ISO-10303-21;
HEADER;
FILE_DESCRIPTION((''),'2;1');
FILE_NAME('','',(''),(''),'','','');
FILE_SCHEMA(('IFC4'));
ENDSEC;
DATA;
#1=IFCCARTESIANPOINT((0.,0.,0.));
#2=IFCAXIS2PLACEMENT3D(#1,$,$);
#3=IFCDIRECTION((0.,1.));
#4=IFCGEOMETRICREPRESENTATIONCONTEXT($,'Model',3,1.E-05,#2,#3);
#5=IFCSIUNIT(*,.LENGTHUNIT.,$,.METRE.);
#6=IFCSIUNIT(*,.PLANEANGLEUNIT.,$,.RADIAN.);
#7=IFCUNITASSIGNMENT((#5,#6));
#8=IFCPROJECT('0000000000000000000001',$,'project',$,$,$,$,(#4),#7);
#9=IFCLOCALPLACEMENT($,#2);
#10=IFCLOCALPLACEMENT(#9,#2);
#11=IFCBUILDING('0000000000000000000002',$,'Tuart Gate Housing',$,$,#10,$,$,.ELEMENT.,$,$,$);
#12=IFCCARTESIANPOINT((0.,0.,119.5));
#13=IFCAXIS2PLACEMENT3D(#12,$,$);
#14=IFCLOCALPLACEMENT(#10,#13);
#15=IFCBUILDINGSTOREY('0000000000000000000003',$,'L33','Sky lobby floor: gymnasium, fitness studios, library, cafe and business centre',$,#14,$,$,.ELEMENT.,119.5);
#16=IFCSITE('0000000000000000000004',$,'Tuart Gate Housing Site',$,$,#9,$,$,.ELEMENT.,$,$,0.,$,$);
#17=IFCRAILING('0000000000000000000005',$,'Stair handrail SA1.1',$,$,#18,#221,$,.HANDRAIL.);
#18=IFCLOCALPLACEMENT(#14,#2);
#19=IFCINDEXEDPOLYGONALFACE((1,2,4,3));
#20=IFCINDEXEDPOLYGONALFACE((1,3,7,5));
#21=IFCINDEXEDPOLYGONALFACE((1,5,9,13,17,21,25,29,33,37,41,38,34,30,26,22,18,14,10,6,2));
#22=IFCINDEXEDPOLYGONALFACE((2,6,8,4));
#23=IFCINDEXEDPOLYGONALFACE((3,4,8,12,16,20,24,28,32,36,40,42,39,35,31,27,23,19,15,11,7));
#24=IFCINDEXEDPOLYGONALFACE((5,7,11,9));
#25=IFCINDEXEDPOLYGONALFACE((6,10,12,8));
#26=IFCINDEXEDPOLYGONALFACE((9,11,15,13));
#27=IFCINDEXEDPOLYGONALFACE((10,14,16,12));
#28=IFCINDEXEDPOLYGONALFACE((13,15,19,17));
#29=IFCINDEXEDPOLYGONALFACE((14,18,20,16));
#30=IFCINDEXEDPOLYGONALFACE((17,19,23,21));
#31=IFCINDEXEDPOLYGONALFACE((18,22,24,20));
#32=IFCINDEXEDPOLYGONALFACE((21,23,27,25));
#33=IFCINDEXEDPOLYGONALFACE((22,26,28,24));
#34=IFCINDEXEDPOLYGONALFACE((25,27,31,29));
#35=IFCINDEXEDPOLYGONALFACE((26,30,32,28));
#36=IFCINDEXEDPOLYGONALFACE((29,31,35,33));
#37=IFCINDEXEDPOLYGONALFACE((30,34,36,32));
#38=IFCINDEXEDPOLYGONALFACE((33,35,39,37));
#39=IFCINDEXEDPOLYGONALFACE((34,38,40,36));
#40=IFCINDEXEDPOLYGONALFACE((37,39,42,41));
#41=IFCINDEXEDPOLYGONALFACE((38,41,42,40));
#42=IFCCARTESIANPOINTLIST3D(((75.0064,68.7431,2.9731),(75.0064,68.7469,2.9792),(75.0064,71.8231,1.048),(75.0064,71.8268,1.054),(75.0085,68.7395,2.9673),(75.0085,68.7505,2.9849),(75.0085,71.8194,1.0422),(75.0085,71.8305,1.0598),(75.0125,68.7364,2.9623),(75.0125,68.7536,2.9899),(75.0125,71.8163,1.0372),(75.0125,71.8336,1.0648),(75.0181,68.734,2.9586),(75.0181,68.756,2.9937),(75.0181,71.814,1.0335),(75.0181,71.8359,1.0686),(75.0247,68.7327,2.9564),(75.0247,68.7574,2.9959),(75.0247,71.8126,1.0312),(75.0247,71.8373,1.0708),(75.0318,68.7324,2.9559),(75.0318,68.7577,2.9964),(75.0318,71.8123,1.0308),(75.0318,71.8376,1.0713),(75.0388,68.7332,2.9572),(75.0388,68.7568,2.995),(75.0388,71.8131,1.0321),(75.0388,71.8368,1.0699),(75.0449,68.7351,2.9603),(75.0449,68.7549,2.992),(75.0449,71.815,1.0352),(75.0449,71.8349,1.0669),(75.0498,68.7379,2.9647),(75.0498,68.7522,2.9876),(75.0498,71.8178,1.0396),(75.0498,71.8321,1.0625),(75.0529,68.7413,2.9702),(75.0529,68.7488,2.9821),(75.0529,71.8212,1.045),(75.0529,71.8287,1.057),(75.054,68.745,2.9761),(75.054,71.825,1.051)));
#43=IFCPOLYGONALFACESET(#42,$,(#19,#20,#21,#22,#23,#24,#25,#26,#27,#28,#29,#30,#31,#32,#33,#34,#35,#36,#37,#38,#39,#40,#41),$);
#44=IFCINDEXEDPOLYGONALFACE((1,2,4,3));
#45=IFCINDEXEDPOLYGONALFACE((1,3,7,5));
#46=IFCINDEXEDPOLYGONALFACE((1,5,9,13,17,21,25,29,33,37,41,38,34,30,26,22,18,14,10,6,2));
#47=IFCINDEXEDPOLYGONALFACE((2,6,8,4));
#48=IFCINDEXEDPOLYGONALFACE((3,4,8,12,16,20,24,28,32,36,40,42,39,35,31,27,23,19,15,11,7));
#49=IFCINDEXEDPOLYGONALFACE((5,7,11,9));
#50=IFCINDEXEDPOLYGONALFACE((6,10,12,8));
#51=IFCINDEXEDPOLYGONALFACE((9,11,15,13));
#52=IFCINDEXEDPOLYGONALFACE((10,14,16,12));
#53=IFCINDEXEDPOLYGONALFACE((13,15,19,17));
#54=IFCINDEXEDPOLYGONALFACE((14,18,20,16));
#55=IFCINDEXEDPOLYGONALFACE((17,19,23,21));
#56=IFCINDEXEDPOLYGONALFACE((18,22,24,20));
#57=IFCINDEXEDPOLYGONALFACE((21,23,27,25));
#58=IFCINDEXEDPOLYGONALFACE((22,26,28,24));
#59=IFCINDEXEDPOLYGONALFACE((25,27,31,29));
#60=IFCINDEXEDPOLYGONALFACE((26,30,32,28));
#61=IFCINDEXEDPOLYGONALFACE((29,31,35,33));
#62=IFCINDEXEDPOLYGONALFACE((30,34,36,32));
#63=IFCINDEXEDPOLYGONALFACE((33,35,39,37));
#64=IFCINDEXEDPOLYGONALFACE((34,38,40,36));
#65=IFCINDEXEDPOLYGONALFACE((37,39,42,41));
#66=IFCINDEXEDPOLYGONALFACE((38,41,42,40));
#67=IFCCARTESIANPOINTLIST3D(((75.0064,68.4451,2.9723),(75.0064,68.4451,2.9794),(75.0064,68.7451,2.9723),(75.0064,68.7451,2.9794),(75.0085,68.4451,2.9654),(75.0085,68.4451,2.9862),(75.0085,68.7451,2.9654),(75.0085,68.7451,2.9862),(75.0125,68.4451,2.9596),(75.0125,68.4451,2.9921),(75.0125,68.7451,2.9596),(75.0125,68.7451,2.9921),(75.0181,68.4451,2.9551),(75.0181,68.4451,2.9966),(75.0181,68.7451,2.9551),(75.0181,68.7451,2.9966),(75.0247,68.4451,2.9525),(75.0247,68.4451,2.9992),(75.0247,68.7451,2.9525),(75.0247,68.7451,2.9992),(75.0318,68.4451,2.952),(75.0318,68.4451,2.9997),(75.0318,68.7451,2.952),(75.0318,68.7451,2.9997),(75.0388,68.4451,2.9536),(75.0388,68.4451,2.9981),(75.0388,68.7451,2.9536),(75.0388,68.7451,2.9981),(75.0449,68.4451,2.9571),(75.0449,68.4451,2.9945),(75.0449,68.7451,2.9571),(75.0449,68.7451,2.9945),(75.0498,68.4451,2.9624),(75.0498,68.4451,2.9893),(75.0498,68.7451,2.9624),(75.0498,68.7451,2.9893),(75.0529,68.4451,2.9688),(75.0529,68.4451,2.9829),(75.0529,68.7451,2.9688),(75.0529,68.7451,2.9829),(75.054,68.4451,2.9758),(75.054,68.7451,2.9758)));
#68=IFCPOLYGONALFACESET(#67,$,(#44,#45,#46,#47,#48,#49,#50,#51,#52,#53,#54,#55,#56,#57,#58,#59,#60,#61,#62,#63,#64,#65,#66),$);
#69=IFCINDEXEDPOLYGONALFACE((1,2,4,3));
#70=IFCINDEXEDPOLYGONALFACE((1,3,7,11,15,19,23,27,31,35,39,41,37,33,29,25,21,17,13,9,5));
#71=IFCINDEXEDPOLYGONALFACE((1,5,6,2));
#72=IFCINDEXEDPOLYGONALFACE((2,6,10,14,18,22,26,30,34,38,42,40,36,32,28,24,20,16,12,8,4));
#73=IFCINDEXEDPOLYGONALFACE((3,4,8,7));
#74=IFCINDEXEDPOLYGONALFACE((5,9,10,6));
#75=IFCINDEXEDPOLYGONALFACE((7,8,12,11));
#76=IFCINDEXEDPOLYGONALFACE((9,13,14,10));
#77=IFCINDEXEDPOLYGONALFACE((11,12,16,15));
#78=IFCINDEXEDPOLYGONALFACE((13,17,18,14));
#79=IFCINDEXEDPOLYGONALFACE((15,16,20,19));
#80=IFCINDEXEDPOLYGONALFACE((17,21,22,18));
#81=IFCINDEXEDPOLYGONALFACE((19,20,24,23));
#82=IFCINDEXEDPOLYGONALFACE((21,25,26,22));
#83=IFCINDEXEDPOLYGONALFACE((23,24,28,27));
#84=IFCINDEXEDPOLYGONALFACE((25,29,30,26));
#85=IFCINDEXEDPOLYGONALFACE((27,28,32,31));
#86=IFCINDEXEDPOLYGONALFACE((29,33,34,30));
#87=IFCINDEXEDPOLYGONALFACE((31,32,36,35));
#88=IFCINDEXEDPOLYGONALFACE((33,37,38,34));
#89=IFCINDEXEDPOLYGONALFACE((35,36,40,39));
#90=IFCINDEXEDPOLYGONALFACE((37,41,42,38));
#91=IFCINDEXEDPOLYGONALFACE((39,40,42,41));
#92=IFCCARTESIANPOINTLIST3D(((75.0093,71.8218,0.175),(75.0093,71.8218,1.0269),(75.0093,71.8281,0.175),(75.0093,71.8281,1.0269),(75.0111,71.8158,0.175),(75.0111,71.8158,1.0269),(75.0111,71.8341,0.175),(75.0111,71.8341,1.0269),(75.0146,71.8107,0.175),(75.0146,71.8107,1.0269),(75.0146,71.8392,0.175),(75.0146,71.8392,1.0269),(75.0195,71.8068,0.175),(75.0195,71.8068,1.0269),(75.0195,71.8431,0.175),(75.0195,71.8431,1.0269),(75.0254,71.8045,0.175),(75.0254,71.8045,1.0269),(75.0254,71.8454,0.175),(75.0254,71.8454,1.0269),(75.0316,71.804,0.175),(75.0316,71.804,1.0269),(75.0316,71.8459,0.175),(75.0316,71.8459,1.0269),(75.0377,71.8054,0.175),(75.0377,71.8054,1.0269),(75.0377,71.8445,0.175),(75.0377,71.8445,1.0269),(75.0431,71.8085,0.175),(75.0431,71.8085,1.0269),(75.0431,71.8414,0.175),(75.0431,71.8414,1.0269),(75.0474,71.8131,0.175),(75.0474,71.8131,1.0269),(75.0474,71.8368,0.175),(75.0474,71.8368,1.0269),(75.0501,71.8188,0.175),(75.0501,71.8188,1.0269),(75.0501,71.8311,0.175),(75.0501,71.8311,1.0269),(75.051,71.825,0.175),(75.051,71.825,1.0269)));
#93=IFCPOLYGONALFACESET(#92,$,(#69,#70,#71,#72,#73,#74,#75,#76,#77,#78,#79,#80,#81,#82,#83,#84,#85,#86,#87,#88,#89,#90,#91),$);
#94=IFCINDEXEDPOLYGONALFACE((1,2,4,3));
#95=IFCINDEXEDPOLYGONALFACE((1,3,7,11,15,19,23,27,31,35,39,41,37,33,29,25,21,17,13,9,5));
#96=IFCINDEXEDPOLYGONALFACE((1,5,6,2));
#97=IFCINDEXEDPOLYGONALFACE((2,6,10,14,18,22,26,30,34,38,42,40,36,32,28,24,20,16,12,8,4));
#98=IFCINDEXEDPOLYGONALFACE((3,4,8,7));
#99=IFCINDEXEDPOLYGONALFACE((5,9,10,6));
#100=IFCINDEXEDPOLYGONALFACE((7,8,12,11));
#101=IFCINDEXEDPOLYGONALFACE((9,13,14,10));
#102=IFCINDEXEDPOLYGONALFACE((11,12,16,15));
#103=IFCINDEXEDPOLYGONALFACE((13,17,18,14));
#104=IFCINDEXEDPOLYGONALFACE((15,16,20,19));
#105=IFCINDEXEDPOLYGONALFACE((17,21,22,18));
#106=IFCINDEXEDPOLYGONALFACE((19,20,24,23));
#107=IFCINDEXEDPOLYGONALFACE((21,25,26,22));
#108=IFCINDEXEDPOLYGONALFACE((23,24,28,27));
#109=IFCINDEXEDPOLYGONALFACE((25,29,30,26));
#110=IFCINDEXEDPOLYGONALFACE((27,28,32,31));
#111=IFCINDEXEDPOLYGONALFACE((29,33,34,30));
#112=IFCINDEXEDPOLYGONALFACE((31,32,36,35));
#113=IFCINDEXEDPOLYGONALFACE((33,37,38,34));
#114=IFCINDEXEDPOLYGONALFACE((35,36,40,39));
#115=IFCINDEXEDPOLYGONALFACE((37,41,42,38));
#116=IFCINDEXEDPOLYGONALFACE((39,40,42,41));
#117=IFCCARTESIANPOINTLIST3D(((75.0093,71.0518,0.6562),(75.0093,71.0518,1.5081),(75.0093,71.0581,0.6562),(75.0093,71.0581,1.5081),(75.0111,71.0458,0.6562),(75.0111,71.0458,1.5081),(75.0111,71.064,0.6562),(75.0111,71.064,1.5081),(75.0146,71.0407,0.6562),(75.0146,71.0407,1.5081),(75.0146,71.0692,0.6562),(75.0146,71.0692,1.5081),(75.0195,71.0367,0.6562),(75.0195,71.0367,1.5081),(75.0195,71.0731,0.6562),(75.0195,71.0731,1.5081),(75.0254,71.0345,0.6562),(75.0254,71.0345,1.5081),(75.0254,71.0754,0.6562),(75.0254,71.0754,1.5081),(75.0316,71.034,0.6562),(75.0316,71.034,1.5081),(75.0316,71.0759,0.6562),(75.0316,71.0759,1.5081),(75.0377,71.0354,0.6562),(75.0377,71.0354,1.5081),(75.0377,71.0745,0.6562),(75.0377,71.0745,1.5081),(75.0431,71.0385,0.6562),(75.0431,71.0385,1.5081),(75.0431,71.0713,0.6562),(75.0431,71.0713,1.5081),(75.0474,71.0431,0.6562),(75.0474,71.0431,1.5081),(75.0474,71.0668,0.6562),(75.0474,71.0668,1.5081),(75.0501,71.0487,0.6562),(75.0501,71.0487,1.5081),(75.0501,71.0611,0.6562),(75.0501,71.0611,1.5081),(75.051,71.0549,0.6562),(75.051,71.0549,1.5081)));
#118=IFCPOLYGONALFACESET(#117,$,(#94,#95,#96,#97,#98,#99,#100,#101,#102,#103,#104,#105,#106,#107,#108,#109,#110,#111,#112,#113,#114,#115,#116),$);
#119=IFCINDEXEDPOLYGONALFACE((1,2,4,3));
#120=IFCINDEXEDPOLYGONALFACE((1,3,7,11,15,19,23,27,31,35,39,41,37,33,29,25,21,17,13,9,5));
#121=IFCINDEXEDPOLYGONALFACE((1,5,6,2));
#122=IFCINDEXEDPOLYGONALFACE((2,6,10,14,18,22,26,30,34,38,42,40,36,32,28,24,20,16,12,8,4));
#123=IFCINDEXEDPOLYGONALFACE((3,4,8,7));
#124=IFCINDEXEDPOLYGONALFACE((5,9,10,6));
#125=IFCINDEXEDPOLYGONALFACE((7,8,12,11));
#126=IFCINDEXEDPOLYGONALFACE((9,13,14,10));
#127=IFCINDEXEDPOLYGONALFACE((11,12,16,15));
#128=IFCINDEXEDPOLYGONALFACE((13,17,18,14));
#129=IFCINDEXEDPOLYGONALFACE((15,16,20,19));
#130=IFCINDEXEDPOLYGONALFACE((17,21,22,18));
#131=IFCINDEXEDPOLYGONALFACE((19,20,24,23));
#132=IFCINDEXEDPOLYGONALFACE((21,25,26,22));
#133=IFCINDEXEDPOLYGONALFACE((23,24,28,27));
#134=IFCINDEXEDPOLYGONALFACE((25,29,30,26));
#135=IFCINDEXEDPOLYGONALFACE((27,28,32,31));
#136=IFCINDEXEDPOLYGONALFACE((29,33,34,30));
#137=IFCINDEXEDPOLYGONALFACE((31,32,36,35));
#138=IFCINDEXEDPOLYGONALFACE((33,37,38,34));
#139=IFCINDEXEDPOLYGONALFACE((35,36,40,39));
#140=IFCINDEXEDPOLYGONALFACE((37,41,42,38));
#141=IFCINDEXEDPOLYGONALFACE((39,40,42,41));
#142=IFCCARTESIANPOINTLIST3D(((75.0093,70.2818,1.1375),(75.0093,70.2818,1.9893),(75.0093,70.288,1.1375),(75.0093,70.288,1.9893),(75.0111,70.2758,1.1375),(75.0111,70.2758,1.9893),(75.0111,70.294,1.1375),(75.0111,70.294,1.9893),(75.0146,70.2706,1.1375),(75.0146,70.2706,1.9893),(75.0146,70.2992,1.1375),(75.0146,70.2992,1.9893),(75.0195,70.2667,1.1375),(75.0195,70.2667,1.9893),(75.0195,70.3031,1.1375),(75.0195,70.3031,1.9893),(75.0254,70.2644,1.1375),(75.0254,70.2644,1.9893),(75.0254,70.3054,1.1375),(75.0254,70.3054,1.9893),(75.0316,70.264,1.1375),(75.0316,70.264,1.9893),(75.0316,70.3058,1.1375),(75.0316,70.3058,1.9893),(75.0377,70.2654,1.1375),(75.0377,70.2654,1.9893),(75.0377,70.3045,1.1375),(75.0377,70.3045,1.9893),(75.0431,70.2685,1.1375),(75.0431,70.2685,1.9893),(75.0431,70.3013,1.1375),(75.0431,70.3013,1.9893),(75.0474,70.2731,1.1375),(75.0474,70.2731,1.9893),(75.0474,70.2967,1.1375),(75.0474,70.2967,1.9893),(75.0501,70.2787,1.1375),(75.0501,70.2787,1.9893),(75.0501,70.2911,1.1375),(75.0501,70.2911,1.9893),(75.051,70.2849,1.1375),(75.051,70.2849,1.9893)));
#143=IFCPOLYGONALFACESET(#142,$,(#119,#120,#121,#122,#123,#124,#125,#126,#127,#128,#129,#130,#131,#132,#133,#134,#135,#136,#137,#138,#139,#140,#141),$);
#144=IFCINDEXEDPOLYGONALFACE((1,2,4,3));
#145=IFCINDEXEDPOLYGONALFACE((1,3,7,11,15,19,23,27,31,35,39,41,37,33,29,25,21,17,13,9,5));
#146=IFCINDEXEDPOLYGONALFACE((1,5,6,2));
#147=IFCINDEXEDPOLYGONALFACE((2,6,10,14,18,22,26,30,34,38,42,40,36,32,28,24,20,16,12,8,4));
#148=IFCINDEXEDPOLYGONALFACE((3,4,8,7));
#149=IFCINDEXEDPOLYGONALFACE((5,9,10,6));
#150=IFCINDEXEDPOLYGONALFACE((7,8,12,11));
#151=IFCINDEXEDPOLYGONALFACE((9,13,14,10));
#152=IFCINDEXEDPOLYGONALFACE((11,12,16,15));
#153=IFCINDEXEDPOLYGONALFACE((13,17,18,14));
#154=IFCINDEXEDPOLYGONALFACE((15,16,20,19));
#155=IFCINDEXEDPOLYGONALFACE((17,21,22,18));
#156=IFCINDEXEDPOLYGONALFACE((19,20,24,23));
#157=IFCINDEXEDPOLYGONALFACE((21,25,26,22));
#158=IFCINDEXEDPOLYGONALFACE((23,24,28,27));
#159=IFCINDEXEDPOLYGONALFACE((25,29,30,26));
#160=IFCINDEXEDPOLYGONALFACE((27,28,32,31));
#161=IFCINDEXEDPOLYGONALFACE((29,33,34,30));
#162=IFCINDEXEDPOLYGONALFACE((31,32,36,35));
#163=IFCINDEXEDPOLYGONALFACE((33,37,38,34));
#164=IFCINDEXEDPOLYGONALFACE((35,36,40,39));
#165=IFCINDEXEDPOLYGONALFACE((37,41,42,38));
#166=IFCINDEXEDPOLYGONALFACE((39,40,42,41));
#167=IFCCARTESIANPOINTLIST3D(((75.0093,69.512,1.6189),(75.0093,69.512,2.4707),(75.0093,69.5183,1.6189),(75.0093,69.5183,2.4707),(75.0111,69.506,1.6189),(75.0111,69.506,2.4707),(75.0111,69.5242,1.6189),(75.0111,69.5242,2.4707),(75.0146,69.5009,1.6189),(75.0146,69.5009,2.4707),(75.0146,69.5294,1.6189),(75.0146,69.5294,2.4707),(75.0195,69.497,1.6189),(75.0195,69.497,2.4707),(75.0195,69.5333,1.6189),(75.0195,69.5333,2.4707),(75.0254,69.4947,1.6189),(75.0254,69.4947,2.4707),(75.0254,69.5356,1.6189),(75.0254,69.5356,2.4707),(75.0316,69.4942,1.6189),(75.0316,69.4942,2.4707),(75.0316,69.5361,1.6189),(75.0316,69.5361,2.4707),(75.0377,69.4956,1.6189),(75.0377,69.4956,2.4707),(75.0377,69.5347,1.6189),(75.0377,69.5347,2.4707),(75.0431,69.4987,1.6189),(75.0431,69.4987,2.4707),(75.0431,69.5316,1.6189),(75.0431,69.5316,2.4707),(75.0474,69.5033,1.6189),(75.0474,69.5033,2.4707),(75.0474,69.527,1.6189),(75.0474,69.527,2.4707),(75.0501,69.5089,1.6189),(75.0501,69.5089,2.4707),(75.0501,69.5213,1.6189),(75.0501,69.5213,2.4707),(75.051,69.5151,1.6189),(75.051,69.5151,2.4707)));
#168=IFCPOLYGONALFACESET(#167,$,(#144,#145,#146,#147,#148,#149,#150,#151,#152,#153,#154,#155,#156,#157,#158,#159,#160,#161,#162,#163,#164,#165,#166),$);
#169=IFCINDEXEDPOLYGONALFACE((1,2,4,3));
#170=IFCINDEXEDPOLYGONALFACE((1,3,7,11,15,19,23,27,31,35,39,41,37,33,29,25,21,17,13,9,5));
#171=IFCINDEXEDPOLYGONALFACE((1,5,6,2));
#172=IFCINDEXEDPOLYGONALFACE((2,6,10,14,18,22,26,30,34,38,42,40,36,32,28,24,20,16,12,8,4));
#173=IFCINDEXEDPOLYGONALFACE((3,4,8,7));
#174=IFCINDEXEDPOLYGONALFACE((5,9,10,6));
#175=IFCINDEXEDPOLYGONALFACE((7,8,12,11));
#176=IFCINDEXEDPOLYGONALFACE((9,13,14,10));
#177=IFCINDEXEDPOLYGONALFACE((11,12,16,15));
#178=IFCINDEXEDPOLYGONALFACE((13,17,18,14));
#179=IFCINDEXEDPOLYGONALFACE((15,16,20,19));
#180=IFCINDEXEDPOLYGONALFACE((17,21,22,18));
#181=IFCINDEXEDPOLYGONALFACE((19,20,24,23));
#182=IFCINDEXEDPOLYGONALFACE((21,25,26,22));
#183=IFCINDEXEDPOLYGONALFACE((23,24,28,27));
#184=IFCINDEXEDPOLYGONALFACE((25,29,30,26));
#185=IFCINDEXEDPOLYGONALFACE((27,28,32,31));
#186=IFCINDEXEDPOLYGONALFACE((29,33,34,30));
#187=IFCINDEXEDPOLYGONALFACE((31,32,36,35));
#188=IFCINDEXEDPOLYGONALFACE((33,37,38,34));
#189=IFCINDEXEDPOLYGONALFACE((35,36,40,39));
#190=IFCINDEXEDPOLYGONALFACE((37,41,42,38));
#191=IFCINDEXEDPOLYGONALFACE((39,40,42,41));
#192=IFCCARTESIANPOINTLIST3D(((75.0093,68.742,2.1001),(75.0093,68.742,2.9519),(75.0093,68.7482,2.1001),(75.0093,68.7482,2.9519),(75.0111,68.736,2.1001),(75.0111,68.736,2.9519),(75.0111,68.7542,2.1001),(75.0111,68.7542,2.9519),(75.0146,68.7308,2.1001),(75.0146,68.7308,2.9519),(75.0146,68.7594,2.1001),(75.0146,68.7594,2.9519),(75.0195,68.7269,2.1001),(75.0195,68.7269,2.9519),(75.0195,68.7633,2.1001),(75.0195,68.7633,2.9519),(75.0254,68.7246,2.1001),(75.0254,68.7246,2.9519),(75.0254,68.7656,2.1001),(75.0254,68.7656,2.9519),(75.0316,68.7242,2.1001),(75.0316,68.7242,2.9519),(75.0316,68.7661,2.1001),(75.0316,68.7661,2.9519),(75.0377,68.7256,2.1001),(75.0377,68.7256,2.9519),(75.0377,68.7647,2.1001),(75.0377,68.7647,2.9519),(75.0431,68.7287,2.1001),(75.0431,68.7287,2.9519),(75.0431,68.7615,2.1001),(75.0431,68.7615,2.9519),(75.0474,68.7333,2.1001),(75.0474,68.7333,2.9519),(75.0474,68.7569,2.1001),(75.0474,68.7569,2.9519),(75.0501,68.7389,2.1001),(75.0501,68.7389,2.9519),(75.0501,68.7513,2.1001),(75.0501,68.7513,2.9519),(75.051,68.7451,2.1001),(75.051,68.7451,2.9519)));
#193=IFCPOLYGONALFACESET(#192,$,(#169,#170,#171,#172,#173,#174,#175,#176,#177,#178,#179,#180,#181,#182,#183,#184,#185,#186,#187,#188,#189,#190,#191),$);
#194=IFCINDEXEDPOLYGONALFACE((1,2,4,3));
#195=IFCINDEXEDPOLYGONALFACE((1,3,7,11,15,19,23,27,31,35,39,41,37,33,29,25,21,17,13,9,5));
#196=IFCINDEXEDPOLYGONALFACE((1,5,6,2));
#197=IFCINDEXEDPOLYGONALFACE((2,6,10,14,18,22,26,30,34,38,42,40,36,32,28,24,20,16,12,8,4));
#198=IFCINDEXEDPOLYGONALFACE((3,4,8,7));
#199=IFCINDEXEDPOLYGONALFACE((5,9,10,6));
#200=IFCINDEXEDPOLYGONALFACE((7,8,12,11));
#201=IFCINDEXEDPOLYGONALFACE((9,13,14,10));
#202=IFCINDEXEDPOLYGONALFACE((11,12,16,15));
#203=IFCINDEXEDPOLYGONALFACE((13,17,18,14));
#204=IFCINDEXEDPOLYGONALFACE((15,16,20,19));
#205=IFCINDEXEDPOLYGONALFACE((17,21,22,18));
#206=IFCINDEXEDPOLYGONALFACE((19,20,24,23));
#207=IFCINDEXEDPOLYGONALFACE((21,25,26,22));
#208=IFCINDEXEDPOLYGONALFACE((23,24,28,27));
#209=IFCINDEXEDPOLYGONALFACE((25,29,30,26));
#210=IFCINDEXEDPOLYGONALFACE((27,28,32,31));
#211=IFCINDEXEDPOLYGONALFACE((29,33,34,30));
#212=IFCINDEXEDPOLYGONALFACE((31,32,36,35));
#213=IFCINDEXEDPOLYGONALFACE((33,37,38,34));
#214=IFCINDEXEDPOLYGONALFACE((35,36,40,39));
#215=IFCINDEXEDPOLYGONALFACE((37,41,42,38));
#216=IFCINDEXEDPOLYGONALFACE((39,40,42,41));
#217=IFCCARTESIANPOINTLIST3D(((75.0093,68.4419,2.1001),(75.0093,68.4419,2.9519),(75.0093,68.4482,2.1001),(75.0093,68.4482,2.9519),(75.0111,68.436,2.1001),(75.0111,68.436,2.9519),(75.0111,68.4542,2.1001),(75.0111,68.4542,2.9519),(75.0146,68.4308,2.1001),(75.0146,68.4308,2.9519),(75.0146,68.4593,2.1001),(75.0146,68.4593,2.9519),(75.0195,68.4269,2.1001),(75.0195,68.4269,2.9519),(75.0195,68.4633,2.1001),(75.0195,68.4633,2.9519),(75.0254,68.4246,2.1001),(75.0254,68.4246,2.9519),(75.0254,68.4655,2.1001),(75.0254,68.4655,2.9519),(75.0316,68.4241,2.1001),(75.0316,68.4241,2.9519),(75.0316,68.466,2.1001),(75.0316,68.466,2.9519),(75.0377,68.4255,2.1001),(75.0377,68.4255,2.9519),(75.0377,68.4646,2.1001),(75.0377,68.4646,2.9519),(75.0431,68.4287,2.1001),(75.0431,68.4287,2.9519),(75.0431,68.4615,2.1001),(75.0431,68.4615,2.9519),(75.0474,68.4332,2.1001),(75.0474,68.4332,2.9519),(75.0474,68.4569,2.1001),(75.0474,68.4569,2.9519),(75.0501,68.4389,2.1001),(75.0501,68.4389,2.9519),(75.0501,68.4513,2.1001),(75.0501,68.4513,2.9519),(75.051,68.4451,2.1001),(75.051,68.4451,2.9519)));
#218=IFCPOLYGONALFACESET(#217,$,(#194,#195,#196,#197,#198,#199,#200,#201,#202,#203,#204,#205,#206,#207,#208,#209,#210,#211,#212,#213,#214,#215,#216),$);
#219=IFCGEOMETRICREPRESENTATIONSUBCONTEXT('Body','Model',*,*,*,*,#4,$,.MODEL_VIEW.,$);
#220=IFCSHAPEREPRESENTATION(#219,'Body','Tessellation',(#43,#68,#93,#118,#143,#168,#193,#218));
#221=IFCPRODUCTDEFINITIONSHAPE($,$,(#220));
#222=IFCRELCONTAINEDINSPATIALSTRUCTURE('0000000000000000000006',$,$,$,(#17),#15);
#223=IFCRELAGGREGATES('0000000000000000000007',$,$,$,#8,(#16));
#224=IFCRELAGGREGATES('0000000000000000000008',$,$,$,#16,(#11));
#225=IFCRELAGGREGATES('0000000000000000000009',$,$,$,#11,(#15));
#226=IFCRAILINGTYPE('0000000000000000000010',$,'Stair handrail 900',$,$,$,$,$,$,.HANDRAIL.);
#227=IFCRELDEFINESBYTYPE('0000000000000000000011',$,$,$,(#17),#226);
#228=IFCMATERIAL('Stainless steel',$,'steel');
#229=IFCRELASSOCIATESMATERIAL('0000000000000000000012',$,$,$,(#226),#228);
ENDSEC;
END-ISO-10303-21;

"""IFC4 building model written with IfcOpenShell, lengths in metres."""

from ifc_helpers import new_model, si_unit, direction, frame, origin, origin_2d, place, context, subcontext, project, spatial, circle, extrude, material, type_object, element, save


model = new_model("IFC4")

# Units and contexts
model_context = context("Model", 3, precision=1e-05, world=origin(), true_north=direction((0.0, 1.0)))
body_context = subcontext(model_context, "Body", "Model", "MODEL_VIEW")
ifc_project = project(units=[si_unit("LENGTHUNIT", "METRE"), si_unit("PLANEANGLEUNIT", "RADIAN")], contexts=[model_context])

# Site, building, storey
site_placement = place(None, origin())
site = spatial("IfcSite", under=ifc_project, at=site_placement, Name="Tuart Gate Housing Site", CompositionType="ELEMENT", RefElevation=0.0)
building_placement = place(site_placement, origin())
building = spatial("IfcBuilding", under=site, at=building_placement, Name="Tuart Gate Housing", CompositionType="ELEMENT")
storey_placement = place(building_placement, frame((0.0, 0.0, 119.5)))
storey = spatial("IfcBuildingStorey", under=building, at=storey_placement, Name="L33", Description="Sky lobby floor: gymnasium, fitness studios, library, cafe and business centre", CompositionType="ELEMENT", Elevation=119.5)

# Railing
ifc_material_1 = material(Name="Stainless steel", Category="steel")
railing_type = type_object("IfcRailingType", Name="Stair handrail 900", PredefinedType="HANDRAIL", material=ifc_material_1)
railing_placement = place(storey_placement, frame((75.03, 71.825, 0.175)))
element("IfcRailing", 1, at=railing_placement, inside=storey, type_object=railing_type, Name="Stair handrail SA1.1", PredefinedType="HANDRAIL", context=body_context, shape_type="SweptSolid", body=[
    extrude(circle(Radius=0.0239, at=origin_2d()), frame((0.0, 0.0, 0.876), z_axis=(0.0, -0.847979, 0.530029), x_axis=(1.0, 0.0, 0.0)), (0.0, 0.0, 1.0), 3.6321),
    extrude(circle(Radius=0.0239, at=origin_2d()), frame((0.0, -3.0798, 2.8008), z_axis=(0.0, -1.0, 0.0), x_axis=(1.0, 0.0, 0.0)), (0.0, 0.0, 1.0), 0.3),
    extrude(circle(Radius=0.021, at=origin_2d()), origin(), (0.0, 0.0, 1.0), 0.8518),
    extrude(circle(Radius=0.021, at=origin_2d()), frame((0.0, -0.77, 0.4812)), (0.0, 0.0, 1.0), 0.8518),
    extrude(circle(Radius=0.021, at=origin_2d()), frame((0.0, -1.54, 0.9624)), (0.0, 0.0, 1.0), 0.8518),
    extrude(circle(Radius=0.021, at=origin_2d()), frame((0.0, -2.3098, 1.4438)), (0.0, 0.0, 1.0), 0.8518),
    extrude(circle(Radius=0.021, at=origin_2d()), frame((0.0, -3.0798, 1.925)), (0.0, 0.0, 1.0), 0.8518),
    extrude(circle(Radius=0.021, at=origin_2d()), frame((0.0, -3.3799, 1.925)), (0.0, 0.0, 1.0), 0.8518),
])

save(model, "model.ifc")
